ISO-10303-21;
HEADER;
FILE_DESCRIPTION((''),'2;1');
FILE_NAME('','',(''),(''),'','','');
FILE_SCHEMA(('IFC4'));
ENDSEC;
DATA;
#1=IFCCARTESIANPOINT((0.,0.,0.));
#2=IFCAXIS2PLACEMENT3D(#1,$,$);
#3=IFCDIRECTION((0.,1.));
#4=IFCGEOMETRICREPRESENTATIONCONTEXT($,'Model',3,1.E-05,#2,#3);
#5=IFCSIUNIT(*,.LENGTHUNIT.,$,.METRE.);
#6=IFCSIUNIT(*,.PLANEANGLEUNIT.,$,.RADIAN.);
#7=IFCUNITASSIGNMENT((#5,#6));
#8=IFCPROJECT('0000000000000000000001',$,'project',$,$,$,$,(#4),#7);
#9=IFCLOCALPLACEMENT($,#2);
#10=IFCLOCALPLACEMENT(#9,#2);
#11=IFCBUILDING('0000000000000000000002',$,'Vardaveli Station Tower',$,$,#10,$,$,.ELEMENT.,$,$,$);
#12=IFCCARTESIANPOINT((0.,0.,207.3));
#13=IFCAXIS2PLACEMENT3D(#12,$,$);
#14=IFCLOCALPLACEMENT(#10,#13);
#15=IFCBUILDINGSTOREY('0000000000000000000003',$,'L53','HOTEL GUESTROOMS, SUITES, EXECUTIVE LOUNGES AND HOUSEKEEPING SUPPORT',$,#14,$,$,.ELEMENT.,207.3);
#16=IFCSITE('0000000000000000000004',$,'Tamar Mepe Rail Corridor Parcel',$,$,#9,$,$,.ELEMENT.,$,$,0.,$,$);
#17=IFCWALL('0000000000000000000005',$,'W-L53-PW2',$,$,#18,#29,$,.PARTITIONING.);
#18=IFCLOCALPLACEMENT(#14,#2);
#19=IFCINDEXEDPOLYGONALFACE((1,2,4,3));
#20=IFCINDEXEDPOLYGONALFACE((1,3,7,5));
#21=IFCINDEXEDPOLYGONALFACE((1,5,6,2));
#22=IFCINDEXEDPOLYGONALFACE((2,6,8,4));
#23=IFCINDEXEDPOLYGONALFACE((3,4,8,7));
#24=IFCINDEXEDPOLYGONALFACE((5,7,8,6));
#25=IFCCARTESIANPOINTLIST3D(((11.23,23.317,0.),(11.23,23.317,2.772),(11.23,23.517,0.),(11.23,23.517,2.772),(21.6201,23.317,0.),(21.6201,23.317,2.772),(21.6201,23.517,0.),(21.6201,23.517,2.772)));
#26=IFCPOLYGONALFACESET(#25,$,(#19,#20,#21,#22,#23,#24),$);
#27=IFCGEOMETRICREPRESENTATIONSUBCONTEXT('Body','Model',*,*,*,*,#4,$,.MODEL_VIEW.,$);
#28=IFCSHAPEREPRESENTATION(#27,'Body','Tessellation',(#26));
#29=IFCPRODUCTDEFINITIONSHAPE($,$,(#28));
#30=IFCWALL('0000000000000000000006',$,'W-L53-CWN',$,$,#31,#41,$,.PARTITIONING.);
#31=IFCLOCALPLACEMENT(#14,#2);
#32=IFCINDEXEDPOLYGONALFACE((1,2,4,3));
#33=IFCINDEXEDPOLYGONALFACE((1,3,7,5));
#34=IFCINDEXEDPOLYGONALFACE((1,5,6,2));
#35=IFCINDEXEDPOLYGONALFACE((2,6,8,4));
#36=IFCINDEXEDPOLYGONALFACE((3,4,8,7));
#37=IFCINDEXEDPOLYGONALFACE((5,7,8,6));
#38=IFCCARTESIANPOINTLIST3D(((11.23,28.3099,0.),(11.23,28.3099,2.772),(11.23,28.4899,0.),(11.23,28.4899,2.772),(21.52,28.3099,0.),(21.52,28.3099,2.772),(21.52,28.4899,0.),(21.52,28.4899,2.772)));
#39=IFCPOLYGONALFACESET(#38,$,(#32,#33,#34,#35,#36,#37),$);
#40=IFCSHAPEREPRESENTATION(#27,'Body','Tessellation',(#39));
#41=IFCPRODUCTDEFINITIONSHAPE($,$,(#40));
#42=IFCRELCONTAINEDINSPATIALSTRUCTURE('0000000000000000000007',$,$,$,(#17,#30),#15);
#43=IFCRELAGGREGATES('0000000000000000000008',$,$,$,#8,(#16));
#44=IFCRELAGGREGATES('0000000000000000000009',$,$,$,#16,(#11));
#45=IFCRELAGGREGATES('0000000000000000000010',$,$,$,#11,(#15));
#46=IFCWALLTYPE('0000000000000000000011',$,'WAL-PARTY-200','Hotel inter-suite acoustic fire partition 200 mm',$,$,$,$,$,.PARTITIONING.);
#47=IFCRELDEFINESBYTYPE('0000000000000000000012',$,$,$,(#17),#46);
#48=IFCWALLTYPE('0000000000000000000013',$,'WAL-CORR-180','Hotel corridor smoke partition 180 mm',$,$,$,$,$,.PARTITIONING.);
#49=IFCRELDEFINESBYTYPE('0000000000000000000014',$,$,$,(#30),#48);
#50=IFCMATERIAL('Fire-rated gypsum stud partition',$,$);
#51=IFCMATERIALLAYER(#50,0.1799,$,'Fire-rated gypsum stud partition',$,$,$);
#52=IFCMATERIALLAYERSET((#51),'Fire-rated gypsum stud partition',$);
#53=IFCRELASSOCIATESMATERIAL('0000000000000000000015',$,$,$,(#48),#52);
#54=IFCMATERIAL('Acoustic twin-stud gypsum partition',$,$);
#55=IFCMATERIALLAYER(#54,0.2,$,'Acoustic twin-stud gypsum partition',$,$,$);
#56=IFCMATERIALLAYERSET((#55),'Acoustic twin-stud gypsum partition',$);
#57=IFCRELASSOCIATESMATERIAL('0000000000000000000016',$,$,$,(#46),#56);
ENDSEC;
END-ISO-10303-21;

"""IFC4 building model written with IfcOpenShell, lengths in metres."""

from ifc_helpers import new_model, si_unit, direction, frame, frame_2d, origin, place, context, subcontext, project, spatial, rectangle, extrude, source, transform, mapped, material, layer, layer_set, type_object, element, save


model = new_model("IFC4")

# Units and contexts
model_context = context("Model", 3, precision=1e-05, world=origin(), true_north=direction((0.0, 1.0)))
body_context = subcontext(model_context, "Body", "Model", "MODEL_VIEW")
ifc_project = project(units=[si_unit("LENGTHUNIT", "METRE"), si_unit("PLANEANGLEUNIT", "RADIAN")], contexts=[model_context])

# Site, building, storey
site_placement = place(None, origin())
site = spatial("IfcSite", under=ifc_project, at=site_placement, Name="Tamar Mepe Rail Corridor Parcel", CompositionType="ELEMENT", RefElevation=0.0)
building_placement = place(site_placement, origin())
building = spatial("IfcBuilding", under=site, at=building_placement, Name="Vardaveli Station Tower", CompositionType="ELEMENT")
storey_placement = place(building_placement, frame((0.0, 0.0, 207.3)))
storey = spatial("IfcBuildingStorey", under=building, at=storey_placement, Name="L53", Description="HOTEL GUESTROOMS, SUITES, EXECUTIVE LOUNGES AND HOUSEKEEPING SUPPORT", CompositionType="ELEMENT", Elevation=207.3)

# Shared definitions
ifc_material_1 = material(Name="Fire-rated gypsum stud partition")
ifc_layer_1 = layer(ifc_material_1, 0.1799, Name="Fire-rated gypsum stud partition")
ifc_layer_set_1 = layer_set([ifc_layer_1], Name="Fire-rated gypsum stud partition")
wall_type_1 = type_object("IfcWallType", Name="WAL-CORR-180", Description="Hotel corridor smoke partition 180 mm", PredefinedType="PARTITIONING", material=ifc_layer_set_1)

# Walls
ifc_material_2 = material(Name="Acoustic twin-stud gypsum partition")
ifc_layer_2 = layer(ifc_material_2, 0.2, Name="Acoustic twin-stud gypsum partition")
ifc_layer_set_2 = layer_set([ifc_layer_2], Name="Acoustic twin-stud gypsum partition")
wall_type_2 = type_object("IfcWallType", Name="WAL-PARTY-200", Description="Hotel inter-suite acoustic fire partition 200 mm", PredefinedType="PARTITIONING", material=ifc_layer_set_2)
shared_shape_1 = source(origin(), body_context, "Body", "SweptSolid", [
    extrude(rectangle(XDim=10.3901, YDim=0.2, at=frame_2d((5.1951, 0.0))), origin(), (0.0, 0.0, 1.0), 2.772),
])
wall_1_placement = place(storey_placement, frame((11.23, 23.417, 0.0), z_axis=(0.0, 0.0, 1.0), x_axis=(1.0, 0.0, 0.0)))
element("IfcWall", 1, at=wall_1_placement, inside=storey, type_object=wall_type_2, Name="W-L53-PW2", PredefinedType="PARTITIONING", context=body_context, shape_type="MappedRepresentation", body=[
    mapped(shared_shape_1, transform((0.0, 0.0, 0.0), scale=1.0)),
])
shared_shape_2 = source(origin(), body_context, "Body", "SweptSolid", [
    extrude(rectangle(XDim=10.29, YDim=0.1799, at=frame_2d((5.145, 0.0))), origin(), (0.0, 0.0, 1.0), 2.772),
])
wall_2_placement = place(storey_placement, frame((11.23, 28.3999, 0.0), z_axis=(0.0, 0.0, 1.0), x_axis=(1.0, 0.0, 0.0)))
element("IfcWall", 2, at=wall_2_placement, inside=storey, type_object=wall_type_1, Name="W-L53-CWN", PredefinedType="PARTITIONING", context=body_context, shape_type="MappedRepresentation", body=[
    mapped(shared_shape_2, transform((0.0, 0.0, 0.0), scale=1.0)),
])

save(model, "model.ifc")
